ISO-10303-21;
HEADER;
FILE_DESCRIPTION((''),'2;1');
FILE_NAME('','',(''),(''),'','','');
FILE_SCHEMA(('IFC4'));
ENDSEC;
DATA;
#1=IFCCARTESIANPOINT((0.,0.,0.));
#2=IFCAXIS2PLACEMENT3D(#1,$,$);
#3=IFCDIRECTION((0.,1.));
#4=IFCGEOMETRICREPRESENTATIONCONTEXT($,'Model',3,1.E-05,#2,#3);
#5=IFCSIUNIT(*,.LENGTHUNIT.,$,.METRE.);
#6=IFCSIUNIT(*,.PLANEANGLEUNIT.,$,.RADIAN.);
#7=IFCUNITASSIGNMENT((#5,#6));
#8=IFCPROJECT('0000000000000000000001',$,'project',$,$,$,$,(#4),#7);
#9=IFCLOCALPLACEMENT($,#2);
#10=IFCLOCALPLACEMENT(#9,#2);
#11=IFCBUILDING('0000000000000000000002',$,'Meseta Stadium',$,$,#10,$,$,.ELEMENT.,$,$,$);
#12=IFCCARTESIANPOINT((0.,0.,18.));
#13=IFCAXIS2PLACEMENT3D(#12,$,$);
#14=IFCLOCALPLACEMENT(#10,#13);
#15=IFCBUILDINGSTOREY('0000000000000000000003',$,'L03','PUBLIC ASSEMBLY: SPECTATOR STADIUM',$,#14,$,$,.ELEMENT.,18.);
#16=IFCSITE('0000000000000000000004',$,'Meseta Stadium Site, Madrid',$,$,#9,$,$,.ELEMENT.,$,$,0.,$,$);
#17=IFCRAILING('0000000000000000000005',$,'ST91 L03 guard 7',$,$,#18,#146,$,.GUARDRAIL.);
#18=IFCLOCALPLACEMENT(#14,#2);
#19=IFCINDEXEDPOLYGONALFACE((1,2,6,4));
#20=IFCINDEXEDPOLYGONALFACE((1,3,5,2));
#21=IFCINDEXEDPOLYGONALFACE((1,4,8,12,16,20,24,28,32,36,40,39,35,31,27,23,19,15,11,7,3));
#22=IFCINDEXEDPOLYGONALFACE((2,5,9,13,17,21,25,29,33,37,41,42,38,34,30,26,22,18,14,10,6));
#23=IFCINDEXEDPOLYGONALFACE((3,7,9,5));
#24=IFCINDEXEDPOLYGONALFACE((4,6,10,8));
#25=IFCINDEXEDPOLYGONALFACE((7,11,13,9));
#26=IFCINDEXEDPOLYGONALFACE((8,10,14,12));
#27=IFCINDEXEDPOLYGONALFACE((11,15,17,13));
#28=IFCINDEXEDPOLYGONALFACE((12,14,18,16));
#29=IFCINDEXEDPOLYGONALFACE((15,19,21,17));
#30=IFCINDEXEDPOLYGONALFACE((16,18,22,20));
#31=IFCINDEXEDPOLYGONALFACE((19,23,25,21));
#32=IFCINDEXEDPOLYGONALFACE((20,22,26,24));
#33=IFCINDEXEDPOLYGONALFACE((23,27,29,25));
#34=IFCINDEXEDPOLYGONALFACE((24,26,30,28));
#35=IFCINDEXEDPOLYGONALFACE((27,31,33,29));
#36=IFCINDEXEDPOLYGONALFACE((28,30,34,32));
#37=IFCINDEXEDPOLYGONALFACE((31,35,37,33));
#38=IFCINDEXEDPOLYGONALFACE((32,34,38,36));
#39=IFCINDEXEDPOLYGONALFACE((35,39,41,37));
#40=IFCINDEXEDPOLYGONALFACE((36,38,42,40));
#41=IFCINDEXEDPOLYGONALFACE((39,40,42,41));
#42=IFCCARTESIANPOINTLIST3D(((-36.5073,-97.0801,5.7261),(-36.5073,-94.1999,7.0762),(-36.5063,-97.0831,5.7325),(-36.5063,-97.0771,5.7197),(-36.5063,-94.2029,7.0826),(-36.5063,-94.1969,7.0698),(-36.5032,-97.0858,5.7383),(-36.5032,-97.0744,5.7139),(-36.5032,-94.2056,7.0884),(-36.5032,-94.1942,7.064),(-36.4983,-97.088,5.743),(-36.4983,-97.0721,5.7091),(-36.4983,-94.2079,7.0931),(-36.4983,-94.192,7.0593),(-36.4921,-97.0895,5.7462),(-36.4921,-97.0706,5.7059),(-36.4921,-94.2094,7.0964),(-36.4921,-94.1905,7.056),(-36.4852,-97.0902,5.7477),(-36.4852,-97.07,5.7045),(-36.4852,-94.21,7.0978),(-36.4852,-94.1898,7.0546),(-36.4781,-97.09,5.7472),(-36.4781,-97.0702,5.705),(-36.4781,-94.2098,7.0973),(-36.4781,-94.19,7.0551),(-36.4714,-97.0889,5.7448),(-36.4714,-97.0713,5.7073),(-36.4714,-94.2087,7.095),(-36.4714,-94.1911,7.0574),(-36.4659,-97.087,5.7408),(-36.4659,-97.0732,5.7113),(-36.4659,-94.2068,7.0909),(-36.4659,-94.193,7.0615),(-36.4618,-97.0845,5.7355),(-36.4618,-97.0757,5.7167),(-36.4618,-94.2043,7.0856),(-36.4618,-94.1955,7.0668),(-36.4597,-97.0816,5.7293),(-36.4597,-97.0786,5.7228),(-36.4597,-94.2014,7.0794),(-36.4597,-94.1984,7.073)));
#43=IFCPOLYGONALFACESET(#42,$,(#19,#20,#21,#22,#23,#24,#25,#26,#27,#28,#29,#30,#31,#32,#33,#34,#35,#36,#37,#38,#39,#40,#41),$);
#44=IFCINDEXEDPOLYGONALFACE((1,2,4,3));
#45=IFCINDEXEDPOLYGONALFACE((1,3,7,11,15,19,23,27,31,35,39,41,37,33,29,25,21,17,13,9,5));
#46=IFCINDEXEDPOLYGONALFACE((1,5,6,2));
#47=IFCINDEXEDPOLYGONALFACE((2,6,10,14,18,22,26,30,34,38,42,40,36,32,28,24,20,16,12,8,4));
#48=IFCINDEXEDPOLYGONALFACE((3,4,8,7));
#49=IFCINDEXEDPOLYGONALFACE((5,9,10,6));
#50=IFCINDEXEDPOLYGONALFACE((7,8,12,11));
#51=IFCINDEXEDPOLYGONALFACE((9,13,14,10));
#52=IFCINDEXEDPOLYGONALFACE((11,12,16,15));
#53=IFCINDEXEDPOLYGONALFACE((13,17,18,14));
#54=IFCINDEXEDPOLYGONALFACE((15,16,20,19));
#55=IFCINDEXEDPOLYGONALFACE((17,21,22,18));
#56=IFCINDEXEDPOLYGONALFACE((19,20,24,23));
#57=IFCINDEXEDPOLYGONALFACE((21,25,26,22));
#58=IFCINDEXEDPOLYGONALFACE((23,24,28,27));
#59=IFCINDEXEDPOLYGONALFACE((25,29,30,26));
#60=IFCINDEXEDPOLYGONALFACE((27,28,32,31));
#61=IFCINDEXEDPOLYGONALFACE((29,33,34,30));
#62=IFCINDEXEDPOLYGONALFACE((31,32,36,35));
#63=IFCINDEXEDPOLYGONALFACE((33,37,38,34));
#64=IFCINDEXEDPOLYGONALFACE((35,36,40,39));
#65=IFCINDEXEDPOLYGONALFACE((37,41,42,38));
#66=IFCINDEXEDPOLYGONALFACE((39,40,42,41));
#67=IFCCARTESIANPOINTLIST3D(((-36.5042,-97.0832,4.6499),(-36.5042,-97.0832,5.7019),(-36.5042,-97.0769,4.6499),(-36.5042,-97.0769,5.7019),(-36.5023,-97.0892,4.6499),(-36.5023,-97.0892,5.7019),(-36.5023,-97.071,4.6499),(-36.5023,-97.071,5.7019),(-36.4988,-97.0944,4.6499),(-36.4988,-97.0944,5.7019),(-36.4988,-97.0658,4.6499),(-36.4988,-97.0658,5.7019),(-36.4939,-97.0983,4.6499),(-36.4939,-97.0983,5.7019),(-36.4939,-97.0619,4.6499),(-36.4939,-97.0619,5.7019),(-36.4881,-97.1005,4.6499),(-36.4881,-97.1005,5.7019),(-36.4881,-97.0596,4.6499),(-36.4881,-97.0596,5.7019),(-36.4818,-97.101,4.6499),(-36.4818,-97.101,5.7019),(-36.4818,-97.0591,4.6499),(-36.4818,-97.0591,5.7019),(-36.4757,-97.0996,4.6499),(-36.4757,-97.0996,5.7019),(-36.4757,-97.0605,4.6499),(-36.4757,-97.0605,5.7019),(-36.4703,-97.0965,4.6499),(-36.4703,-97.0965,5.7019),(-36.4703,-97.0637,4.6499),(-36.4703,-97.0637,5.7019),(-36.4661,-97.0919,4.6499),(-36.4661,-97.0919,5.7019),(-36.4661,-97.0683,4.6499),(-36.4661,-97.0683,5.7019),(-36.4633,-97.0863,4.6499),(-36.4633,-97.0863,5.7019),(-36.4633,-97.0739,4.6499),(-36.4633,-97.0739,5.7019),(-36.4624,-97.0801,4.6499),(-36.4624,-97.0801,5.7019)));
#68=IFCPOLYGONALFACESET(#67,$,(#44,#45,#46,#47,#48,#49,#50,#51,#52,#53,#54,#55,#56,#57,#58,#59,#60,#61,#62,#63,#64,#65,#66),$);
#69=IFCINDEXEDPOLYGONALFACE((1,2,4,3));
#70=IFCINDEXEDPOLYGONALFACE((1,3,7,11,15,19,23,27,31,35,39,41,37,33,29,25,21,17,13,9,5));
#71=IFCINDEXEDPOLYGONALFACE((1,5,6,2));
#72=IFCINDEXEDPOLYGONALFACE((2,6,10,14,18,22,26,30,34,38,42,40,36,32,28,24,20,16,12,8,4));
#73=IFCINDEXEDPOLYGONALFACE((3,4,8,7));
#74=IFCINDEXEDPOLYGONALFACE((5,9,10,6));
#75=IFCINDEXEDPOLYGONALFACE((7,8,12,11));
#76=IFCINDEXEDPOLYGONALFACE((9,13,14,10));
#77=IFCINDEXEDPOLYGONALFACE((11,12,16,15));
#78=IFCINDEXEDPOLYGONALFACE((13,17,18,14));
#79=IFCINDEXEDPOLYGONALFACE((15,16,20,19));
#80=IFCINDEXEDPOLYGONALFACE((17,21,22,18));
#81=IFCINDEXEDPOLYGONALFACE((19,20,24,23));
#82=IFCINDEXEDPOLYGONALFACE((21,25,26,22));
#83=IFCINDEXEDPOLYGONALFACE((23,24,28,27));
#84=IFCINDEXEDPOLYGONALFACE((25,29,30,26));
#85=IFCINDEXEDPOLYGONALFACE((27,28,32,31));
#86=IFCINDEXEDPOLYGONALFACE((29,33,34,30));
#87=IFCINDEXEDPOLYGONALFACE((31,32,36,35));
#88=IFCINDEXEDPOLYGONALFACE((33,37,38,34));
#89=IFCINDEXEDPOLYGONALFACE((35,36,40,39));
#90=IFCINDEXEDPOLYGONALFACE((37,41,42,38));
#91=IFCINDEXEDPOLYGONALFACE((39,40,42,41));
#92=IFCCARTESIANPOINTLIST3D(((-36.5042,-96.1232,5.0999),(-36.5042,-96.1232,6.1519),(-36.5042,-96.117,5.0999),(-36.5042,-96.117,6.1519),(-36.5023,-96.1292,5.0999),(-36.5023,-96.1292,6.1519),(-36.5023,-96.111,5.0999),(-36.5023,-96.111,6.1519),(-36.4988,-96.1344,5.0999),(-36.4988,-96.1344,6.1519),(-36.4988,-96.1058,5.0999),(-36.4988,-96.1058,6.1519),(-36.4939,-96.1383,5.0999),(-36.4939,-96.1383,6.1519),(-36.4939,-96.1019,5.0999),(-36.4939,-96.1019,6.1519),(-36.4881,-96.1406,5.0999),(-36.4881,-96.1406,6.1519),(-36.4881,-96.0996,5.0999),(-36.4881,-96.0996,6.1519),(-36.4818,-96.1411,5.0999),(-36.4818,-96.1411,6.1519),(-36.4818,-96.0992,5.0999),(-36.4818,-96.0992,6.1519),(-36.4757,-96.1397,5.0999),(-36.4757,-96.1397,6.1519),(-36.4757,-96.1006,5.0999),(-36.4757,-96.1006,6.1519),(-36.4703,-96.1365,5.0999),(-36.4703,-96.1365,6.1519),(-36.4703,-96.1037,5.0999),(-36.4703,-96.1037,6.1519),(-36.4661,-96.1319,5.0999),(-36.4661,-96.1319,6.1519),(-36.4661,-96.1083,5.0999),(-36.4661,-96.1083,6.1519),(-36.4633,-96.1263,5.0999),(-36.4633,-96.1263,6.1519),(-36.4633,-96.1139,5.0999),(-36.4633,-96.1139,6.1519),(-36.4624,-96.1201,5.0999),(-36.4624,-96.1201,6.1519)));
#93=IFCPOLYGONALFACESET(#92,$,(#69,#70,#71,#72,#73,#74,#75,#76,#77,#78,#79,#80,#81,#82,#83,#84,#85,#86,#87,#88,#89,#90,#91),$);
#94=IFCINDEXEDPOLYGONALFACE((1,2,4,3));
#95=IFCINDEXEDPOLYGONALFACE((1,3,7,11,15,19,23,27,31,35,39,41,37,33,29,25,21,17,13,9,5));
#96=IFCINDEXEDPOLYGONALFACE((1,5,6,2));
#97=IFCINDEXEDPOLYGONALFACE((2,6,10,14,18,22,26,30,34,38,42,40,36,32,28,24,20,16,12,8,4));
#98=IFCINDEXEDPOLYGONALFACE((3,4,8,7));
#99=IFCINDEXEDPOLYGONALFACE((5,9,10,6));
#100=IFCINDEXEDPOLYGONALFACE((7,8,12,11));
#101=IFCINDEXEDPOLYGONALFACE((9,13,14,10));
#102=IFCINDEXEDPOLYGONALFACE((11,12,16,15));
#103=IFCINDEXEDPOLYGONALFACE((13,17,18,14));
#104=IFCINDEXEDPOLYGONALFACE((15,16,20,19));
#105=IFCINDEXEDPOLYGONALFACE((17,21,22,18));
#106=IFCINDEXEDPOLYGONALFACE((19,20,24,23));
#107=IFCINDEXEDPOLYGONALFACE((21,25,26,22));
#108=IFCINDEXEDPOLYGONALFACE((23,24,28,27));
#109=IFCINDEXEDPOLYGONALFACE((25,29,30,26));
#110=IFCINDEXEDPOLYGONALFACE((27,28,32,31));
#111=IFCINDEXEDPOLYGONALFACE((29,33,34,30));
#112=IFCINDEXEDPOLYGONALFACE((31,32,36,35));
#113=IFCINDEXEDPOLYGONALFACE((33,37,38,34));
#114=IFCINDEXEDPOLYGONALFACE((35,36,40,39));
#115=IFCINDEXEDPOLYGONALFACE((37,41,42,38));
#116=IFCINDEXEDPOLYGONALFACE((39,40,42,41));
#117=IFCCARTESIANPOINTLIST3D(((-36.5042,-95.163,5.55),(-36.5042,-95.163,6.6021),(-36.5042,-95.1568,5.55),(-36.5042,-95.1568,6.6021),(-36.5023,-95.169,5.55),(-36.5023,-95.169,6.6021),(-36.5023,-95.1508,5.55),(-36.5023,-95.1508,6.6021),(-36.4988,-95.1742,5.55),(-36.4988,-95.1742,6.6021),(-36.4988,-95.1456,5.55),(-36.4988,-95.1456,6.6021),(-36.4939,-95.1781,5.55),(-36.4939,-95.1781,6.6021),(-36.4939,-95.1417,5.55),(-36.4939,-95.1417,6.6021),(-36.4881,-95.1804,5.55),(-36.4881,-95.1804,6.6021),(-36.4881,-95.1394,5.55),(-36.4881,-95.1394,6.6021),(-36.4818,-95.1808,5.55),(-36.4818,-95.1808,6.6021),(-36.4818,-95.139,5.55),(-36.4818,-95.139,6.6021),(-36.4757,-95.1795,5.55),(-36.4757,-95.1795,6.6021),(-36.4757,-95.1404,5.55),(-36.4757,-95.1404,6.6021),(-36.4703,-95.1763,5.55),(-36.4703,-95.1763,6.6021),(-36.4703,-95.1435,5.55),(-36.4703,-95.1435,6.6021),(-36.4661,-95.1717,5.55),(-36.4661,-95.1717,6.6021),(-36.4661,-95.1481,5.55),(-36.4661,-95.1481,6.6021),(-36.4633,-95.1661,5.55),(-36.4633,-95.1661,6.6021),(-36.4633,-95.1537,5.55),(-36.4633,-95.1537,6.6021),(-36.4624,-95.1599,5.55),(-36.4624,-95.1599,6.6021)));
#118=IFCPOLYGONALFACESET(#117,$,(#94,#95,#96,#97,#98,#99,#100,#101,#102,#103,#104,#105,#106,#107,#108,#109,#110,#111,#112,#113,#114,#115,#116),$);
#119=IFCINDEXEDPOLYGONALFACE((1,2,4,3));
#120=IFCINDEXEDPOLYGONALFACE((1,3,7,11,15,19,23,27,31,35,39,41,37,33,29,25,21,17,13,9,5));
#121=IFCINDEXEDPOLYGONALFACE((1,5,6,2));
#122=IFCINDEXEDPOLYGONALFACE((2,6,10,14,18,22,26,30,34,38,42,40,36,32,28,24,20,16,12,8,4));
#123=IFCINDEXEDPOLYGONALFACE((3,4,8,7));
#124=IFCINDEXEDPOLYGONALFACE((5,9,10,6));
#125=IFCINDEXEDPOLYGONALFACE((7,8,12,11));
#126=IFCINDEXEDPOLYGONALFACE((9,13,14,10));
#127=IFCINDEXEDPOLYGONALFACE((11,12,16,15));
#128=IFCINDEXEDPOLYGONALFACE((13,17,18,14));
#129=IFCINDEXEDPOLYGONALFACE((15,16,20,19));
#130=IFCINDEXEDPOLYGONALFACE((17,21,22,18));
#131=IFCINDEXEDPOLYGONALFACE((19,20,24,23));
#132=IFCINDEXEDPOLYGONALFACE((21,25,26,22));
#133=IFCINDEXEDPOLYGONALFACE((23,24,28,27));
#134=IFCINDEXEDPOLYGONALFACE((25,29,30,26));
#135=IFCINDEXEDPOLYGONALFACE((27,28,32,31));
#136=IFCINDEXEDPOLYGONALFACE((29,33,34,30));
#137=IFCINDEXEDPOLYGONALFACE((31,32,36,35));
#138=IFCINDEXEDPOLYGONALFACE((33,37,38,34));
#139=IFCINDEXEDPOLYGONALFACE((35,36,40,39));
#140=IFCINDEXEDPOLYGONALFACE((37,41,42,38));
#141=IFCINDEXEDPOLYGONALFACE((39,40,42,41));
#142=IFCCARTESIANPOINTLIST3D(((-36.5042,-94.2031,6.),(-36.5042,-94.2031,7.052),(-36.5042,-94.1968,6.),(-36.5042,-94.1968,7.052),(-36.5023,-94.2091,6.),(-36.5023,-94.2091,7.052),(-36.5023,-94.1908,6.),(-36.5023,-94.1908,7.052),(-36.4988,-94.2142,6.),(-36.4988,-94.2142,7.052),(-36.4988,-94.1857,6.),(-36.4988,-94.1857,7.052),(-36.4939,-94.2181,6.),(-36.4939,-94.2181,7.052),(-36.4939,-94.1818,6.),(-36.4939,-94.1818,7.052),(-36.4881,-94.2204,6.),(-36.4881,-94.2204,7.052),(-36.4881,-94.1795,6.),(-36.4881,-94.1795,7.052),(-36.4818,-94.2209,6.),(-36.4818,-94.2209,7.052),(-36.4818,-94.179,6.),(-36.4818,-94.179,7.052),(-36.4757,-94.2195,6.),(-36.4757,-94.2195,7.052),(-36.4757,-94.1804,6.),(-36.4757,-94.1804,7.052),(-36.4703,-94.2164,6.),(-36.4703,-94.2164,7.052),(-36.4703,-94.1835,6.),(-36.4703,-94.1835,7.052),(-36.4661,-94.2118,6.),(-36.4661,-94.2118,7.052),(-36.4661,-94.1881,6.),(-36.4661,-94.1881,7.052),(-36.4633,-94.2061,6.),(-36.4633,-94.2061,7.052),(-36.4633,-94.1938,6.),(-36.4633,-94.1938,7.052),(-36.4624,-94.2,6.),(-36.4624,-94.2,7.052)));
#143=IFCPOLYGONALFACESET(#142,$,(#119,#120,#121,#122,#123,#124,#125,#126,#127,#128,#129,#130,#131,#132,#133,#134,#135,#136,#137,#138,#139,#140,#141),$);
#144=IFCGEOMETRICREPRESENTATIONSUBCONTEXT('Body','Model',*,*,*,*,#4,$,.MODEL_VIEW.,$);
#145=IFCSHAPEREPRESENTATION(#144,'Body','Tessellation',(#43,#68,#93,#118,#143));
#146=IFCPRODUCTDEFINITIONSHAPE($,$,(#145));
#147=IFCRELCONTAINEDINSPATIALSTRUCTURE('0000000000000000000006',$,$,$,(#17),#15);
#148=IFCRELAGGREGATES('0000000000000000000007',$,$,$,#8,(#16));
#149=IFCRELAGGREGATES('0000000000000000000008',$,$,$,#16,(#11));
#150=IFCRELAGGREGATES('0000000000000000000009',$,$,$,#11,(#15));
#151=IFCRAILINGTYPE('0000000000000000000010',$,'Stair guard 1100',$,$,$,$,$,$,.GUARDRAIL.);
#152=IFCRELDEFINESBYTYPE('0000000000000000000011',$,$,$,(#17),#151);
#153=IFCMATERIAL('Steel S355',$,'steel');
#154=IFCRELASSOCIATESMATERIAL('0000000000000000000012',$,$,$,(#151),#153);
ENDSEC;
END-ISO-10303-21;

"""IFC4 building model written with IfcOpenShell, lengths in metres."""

from ifc_helpers import new_model, si_unit, direction, frame, origin, origin_2d, place, context, subcontext, project, spatial, circle, extrude, material, type_object, element, save


model = new_model("IFC4")

# Units and contexts
model_context = context("Model", 3, precision=1e-05, world=origin(), true_north=direction((0.0, 1.0)))
body_context = subcontext(model_context, "Body", "Model", "MODEL_VIEW")
ifc_project = project(units=[si_unit("LENGTHUNIT", "METRE"), si_unit("PLANEANGLEUNIT", "RADIAN")], contexts=[model_context])

# Site, building, storey
site_placement = place(None, origin())
site = spatial("IfcSite", under=ifc_project, at=site_placement, Name="Meseta Stadium Site, Madrid", CompositionType="ELEMENT", RefElevation=0.0)
building_placement = place(site_placement, origin())
building = spatial("IfcBuilding", under=site, at=building_placement, Name="Meseta Stadium", CompositionType="ELEMENT")
storey_placement = place(building_placement, frame((0.0, 0.0, 18.0)))
storey = spatial("IfcBuildingStorey", under=building, at=storey_placement, Name="L03", Description="PUBLIC ASSEMBLY: SPECTATOR STADIUM", CompositionType="ELEMENT", Elevation=18.0)

# Railing
ifc_material_1 = material(Name="Steel S355", Category="steel")
railing_type_1 = type_object("IfcRailingType", Name="Stair guard 1100", PredefinedType="GUARDRAIL", material=ifc_material_1)
for number, where, name in (
    (1, (-36.4834, -97.0801, 4.6499), "ST91 L03 guard 7"),
):
    element("IfcRailing", number, at=place(storey_placement, frame(where)), inside=storey, type_object=railing_type_1, Name=name, PredefinedType="GUARDRAIL", context=body_context, shape_type="SweptSolid", body=[
        extrude(circle(Radius=0.0239, at=origin_2d()), frame((0.0, 0.0, 1.0762), z_axis=(0.0, 0.905454, 0.424444), x_axis=(-1.0, 0.0, 0.0)), (0.0, 0.0, 1.0), 3.1809),
        extrude(circle(Radius=0.021, at=origin_2d()), origin(), (0.0, 0.0, 1.0), 1.052),
        extrude(circle(Radius=0.021, at=origin_2d()), frame((0.0, 0.96, 0.45)), (0.0, 0.0, 1.0), 1.052),
        extrude(circle(Radius=0.021, at=origin_2d()), frame((0.0, 1.9202, 0.9001)), (0.0, 0.0, 1.0), 1.052),
        extrude(circle(Radius=0.021, at=origin_2d()), frame((0.0, 2.8801, 1.3501)), (0.0, 0.0, 1.0), 1.052),
    ])

save(model, "model.ifc")
